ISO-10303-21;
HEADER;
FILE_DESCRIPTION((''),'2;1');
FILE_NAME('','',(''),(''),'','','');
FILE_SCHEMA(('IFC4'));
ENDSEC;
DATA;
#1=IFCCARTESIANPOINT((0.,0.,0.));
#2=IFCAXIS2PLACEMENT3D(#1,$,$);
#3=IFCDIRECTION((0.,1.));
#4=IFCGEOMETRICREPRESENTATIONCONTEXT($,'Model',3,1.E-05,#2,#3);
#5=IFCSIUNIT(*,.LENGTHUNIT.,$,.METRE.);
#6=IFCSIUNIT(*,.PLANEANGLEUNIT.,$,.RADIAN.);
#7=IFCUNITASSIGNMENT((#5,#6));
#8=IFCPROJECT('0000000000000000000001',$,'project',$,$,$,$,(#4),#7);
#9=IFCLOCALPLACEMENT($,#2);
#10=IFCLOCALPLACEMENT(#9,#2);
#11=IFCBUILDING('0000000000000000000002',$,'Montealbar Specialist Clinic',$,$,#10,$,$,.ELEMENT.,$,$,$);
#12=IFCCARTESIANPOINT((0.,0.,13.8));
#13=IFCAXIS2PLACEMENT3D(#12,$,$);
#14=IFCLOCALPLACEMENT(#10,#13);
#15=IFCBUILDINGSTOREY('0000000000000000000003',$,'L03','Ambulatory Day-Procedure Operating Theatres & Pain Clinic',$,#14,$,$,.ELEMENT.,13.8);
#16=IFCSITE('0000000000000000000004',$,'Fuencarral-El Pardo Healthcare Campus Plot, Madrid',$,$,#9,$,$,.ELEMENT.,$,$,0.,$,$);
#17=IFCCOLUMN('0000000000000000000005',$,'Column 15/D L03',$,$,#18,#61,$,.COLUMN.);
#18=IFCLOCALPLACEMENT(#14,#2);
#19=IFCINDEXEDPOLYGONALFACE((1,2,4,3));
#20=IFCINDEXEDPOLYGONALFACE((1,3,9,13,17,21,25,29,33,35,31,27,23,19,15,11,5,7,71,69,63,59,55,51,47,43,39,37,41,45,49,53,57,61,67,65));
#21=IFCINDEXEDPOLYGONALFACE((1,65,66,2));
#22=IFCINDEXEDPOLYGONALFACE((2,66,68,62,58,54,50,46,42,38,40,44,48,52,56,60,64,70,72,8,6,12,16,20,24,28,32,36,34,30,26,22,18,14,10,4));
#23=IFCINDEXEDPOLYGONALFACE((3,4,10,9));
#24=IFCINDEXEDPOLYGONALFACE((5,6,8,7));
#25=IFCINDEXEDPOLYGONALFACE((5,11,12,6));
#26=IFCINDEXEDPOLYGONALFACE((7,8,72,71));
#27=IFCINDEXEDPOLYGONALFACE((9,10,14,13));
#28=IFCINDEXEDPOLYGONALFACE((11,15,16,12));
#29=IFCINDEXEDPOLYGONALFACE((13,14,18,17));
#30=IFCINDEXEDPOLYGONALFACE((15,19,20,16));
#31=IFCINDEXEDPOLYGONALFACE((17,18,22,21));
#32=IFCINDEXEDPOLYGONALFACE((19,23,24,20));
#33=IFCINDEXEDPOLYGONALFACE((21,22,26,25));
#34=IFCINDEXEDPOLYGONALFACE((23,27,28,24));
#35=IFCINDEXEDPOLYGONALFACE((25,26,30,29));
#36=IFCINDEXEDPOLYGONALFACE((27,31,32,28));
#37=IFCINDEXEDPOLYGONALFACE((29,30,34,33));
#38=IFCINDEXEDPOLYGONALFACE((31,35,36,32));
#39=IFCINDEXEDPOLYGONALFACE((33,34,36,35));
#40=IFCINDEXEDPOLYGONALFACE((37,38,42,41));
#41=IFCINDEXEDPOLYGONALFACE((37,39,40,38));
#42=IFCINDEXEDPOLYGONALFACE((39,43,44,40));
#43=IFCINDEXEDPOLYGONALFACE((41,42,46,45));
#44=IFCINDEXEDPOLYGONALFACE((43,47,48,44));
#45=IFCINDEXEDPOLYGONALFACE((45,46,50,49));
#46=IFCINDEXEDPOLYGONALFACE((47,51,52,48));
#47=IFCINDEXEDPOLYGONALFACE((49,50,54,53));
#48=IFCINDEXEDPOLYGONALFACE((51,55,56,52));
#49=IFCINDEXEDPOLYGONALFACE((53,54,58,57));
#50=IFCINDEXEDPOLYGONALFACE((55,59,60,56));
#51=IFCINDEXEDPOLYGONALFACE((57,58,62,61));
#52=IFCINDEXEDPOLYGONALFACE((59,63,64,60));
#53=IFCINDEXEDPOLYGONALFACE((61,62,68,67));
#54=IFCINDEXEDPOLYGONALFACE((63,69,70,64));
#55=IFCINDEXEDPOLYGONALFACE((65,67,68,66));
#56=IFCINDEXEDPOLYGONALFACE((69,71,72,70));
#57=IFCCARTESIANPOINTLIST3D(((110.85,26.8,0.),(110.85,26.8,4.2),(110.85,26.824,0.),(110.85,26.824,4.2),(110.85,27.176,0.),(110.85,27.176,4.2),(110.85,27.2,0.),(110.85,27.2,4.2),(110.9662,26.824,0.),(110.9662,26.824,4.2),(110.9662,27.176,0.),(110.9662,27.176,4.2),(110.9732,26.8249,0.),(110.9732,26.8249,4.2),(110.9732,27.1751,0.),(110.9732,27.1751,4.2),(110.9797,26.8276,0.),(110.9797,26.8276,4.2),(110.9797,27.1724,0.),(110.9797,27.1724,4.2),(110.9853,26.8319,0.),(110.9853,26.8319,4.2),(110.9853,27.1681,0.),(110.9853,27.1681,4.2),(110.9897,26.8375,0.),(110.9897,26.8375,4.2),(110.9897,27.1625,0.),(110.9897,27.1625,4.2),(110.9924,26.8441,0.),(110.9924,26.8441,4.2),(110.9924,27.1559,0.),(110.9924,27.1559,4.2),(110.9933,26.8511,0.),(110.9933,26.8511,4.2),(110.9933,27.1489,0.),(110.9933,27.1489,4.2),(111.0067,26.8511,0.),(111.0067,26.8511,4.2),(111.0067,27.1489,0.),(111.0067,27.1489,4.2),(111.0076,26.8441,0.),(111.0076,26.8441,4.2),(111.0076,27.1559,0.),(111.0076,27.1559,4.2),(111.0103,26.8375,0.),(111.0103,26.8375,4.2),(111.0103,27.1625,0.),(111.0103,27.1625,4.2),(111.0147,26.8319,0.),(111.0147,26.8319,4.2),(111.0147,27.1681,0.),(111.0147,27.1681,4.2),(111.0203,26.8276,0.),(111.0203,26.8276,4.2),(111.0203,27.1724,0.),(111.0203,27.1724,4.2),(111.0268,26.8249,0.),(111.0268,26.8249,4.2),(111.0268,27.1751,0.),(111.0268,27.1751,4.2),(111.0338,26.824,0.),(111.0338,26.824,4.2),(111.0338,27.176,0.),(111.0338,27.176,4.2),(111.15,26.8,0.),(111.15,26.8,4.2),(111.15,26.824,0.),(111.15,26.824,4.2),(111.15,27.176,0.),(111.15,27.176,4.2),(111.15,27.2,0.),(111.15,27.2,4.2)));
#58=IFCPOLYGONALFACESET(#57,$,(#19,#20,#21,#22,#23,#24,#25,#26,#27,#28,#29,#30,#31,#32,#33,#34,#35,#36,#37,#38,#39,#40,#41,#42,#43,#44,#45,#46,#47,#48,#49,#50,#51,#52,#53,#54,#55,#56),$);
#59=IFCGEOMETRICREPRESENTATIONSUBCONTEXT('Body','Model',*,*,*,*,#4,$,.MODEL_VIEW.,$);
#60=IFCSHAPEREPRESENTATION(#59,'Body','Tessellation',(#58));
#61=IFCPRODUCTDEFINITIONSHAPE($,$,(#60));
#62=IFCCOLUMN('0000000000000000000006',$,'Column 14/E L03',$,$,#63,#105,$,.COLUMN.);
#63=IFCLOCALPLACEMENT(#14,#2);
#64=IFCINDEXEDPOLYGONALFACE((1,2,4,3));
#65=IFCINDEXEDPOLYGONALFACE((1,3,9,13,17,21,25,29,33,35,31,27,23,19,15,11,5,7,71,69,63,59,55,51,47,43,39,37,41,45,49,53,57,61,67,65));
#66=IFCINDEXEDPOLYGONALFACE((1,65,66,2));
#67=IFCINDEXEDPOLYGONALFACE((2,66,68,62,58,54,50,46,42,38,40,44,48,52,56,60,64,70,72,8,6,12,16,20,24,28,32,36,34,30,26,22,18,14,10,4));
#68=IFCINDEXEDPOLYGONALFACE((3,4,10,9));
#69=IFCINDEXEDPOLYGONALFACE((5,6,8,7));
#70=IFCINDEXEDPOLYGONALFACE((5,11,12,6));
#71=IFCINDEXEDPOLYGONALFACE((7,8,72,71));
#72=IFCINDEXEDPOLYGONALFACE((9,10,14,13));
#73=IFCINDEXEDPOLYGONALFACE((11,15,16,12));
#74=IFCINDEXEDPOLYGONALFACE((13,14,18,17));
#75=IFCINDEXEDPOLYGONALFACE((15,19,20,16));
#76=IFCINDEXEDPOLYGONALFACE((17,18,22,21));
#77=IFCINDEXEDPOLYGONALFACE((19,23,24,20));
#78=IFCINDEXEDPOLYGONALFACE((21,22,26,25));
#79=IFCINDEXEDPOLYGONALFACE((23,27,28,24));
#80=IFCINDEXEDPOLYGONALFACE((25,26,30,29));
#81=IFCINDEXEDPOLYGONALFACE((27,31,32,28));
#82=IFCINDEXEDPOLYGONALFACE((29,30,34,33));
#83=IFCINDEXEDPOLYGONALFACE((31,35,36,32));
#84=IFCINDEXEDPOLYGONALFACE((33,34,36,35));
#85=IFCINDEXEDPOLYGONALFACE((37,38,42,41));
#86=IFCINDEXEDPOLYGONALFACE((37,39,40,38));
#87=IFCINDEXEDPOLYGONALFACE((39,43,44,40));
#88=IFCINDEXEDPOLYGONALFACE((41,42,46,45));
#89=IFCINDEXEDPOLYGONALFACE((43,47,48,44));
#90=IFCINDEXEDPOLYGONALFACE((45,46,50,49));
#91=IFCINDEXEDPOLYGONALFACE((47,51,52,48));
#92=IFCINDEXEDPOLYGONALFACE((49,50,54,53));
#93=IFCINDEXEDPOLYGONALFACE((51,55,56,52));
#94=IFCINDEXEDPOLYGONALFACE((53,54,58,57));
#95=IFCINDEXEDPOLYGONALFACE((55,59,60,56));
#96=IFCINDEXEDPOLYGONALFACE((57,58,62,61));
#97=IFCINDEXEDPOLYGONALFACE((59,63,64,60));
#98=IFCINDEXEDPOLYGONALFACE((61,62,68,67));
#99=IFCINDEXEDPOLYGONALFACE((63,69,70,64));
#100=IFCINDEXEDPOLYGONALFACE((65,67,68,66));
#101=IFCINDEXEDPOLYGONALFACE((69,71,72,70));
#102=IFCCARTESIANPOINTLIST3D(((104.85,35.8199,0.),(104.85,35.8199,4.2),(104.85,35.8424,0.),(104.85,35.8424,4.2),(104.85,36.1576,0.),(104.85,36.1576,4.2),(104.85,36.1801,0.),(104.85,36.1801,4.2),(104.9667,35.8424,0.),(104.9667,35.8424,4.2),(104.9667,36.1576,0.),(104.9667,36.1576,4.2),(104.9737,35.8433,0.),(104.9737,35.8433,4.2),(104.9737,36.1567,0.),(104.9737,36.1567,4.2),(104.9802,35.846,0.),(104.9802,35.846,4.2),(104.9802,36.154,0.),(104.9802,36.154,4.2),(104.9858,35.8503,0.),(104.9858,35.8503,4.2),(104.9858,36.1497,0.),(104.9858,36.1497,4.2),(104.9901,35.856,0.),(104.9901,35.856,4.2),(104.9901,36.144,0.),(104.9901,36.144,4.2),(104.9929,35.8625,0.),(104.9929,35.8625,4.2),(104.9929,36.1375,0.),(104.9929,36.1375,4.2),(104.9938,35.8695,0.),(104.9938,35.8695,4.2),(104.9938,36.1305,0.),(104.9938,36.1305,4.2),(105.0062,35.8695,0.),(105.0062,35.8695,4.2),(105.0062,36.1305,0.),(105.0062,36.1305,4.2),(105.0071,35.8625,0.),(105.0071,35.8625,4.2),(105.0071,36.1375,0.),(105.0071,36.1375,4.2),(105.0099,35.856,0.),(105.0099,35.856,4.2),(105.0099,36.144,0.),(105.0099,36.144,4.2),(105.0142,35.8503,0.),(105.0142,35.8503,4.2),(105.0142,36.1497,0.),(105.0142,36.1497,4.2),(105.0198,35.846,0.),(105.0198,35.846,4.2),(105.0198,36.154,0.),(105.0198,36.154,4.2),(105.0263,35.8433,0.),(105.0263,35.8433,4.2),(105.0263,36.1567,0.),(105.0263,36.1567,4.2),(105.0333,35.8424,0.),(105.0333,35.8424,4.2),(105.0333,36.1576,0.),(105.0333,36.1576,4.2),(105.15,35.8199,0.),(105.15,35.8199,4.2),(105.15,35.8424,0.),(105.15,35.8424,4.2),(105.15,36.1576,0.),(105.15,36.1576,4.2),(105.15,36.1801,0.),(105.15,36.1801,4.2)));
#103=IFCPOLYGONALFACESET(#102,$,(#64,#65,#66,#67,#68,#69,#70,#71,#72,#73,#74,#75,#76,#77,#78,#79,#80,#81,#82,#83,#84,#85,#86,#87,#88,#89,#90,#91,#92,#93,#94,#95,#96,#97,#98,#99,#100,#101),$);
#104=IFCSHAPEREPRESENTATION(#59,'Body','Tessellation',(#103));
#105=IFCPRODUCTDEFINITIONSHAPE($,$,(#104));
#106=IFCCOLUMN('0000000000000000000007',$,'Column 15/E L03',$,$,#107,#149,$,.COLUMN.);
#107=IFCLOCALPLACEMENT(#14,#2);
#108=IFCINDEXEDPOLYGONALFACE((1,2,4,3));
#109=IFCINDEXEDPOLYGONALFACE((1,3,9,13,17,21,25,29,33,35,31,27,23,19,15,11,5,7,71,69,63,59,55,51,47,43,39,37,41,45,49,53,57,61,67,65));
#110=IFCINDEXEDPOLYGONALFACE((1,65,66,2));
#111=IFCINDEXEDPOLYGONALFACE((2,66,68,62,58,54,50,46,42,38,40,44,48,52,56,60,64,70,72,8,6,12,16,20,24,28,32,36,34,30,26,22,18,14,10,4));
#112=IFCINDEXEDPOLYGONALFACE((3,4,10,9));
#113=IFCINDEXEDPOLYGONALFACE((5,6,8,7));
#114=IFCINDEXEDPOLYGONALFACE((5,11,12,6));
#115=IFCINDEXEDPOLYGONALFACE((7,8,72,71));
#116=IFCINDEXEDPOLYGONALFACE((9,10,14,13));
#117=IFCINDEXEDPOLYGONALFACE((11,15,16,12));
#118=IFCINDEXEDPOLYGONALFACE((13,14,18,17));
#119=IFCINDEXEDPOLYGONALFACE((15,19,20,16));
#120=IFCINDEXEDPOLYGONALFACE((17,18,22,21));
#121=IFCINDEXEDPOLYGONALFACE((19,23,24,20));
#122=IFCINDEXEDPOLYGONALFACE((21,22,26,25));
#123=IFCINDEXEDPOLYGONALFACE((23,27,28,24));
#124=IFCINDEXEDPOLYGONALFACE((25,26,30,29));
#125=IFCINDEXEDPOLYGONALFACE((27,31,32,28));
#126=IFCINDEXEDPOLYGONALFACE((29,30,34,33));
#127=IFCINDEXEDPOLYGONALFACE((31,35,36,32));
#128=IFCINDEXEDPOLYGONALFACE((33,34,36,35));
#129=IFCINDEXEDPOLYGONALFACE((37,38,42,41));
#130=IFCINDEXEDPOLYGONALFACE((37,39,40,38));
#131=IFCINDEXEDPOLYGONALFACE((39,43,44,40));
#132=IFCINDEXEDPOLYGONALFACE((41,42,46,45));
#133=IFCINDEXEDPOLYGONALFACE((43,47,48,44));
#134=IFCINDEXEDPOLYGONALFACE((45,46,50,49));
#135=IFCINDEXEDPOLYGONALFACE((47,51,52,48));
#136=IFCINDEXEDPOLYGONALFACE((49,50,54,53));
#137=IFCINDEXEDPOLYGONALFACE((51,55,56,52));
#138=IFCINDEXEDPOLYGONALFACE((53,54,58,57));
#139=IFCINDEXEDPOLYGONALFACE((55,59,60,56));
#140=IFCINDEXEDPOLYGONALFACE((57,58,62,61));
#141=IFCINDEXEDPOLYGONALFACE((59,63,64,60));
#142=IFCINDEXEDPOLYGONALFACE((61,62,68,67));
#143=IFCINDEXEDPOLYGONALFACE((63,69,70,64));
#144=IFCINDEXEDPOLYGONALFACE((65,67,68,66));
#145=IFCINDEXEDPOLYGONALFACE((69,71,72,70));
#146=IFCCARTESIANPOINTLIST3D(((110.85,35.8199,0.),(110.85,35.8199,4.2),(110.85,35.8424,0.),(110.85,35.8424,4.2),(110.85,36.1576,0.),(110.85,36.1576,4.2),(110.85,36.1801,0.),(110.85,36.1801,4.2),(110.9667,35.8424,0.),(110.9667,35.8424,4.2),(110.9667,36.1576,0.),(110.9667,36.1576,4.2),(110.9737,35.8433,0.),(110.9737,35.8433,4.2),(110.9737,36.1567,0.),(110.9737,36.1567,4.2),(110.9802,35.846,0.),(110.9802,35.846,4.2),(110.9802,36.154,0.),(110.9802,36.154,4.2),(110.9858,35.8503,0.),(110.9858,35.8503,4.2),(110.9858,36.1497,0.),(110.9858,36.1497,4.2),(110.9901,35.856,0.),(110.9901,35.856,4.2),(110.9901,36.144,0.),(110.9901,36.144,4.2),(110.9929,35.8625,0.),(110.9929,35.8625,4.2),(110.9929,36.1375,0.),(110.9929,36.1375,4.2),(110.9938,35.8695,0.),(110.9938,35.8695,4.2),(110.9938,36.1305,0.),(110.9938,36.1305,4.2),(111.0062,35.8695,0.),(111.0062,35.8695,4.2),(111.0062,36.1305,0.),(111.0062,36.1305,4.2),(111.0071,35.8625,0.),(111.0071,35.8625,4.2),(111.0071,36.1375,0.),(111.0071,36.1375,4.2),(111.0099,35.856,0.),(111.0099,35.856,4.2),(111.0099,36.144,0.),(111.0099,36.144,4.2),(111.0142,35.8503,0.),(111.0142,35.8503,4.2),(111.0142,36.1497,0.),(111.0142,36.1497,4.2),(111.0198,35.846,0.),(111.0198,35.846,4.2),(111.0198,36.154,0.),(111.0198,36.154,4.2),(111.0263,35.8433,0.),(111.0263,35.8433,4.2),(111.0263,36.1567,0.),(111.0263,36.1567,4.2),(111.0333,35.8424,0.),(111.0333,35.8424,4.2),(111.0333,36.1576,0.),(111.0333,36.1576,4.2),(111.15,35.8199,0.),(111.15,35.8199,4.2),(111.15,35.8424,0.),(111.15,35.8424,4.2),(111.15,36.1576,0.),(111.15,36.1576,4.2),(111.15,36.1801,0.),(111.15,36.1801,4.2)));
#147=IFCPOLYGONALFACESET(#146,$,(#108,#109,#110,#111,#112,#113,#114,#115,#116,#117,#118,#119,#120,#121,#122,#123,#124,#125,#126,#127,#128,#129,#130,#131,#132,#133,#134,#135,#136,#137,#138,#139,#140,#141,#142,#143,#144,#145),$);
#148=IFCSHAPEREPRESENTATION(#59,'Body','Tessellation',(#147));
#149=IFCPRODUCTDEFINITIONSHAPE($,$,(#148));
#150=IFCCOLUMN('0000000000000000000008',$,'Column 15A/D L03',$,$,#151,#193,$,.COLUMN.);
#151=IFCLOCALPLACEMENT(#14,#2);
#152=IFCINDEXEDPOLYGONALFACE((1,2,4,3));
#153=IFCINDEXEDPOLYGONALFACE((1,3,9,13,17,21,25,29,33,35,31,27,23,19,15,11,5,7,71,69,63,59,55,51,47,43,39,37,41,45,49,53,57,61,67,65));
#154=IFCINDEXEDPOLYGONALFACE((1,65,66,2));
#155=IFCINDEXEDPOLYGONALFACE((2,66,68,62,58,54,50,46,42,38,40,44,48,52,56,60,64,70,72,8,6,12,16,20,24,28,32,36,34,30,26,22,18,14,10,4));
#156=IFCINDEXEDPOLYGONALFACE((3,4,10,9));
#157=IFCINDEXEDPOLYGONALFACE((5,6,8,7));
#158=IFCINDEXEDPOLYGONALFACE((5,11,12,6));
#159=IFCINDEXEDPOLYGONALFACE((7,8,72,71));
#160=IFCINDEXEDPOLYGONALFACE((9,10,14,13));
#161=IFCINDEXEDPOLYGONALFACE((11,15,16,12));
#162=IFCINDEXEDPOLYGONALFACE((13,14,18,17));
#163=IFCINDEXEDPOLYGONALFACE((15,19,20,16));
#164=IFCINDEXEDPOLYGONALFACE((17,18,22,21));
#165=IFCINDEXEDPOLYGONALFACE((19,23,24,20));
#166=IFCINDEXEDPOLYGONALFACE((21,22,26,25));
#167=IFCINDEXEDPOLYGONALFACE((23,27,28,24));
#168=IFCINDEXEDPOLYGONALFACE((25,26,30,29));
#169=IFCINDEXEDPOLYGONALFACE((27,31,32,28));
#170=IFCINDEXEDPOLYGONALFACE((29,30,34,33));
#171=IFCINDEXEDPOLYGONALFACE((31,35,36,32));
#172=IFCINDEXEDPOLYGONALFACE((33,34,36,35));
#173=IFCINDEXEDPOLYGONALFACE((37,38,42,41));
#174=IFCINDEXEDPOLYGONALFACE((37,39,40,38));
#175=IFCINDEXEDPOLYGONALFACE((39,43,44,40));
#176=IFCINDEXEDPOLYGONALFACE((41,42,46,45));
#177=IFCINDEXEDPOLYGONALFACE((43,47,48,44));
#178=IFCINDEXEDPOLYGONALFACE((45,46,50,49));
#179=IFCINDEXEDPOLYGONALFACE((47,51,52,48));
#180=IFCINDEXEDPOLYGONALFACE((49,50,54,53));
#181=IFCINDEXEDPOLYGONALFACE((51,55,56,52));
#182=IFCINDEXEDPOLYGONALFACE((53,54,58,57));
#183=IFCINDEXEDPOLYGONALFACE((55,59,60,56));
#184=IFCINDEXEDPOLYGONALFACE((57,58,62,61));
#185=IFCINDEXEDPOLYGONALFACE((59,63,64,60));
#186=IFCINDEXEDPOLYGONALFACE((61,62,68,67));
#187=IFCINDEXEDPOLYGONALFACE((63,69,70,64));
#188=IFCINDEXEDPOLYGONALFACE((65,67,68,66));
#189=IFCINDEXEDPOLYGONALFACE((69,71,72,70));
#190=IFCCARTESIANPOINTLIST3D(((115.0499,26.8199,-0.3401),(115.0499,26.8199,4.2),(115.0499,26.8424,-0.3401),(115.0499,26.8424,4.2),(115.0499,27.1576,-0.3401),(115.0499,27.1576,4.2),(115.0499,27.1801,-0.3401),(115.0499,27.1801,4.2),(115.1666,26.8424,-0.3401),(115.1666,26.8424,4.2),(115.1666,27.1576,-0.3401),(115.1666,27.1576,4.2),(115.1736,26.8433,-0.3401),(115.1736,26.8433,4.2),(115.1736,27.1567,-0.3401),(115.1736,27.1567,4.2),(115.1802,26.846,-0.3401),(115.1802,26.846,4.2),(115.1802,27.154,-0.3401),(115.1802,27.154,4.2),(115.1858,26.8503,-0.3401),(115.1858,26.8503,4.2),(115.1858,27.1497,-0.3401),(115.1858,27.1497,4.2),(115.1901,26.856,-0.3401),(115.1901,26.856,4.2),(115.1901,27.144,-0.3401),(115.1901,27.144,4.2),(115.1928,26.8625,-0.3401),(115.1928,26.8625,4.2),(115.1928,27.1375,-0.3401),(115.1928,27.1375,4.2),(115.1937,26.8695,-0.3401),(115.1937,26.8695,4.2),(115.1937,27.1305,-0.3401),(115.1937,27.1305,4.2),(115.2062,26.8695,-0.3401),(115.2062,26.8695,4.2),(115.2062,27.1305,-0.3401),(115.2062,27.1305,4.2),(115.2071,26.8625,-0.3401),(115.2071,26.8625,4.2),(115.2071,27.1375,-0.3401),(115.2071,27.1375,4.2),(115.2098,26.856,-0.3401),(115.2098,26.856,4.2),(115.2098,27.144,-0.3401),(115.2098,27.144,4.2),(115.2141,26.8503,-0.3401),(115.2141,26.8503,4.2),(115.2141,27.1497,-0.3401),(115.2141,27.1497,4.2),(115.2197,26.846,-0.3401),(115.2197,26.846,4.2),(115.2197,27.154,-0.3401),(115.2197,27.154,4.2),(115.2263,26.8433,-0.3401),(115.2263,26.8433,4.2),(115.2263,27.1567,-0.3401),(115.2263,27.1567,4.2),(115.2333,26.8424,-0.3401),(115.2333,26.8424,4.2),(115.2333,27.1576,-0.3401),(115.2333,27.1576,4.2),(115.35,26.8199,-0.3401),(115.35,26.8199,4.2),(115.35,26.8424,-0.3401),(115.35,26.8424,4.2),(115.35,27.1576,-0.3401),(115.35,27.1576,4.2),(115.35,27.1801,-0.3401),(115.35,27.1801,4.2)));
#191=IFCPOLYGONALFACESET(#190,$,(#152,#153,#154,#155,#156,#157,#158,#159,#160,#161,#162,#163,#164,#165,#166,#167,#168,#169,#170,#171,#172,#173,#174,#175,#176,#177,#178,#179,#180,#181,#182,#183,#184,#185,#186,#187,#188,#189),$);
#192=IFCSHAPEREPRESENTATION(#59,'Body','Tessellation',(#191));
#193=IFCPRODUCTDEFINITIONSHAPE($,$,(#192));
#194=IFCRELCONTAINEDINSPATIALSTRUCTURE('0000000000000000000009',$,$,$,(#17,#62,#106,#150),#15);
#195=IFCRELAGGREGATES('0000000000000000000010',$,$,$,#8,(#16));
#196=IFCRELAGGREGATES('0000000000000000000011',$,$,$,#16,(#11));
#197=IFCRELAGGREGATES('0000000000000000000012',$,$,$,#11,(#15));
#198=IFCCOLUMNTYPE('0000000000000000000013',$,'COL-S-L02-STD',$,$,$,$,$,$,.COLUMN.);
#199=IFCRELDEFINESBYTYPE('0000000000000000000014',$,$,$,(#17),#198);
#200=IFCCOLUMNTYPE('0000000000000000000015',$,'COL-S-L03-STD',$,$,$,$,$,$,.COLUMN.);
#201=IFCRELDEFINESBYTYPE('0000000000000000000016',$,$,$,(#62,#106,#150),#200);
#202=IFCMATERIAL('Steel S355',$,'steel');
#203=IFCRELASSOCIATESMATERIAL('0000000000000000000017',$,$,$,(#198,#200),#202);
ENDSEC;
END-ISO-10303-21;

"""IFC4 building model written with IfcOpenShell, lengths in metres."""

from ifc_helpers import new_model, si_unit, direction, frame, origin, origin_2d, place, context, subcontext, project, spatial, i_section, extrude, material, material_profile, profile_set, type_object, element, save


model = new_model("IFC4")

# Units and contexts
model_context = context("Model", 3, precision=1e-05, world=origin(), true_north=direction((0.0, 1.0)))
body_context = subcontext(model_context, "Body", "Model", "MODEL_VIEW")
ifc_project = project(units=[si_unit("LENGTHUNIT", "METRE"), si_unit("PLANEANGLEUNIT", "RADIAN")], contexts=[model_context])

# Site, building, storey
site_placement = place(None, origin())
site = spatial("IfcSite", under=ifc_project, at=site_placement, Name="Fuencarral-El Pardo Healthcare Campus Plot, Madrid", CompositionType="ELEMENT", RefElevation=0.0)
building_placement = place(site_placement, origin())
building = spatial("IfcBuilding", under=site, at=building_placement, Name="Montealbar Specialist Clinic", CompositionType="ELEMENT")
storey_placement = place(building_placement, frame((0.0, 0.0, 13.8)))
storey = spatial("IfcBuildingStorey", under=building, at=storey_placement, Name="L03", Description="Ambulatory Day-Procedure Operating Theatres & Pain Clinic", CompositionType="ELEMENT", Elevation=13.8)

# Columns
ifc_material_1 = material(Name="Steel S355", Category="steel")
ifc_material_profile_1 = material_profile(ifc_material_1, i_section(OverallWidth=0.3, OverallDepth=0.3999, WebThickness=0.0134, FlangeThickness=0.0239, FilletRadius=0.0271, at=origin_2d()), Name="HEB 400", Category="steel")
ifc_profile_set_1 = profile_set([ifc_material_profile_1], Name="Steel S355")
column_type_1 = type_object("IfcColumnType", Name="COL-S-L02-STD", PredefinedType="COLUMN", material=ifc_profile_set_1)
column_1_placement = place(storey_placement, frame((111.0, 27.0, 0.0), z_axis=(0.0, 0.0, 1.0), x_axis=(1.0, 0.0, 0.0)))
element("IfcColumn", 1, at=column_1_placement, inside=storey, type_object=column_type_1, Name="Column 15/D L03", PredefinedType="COLUMN", context=body_context, shape_type="SweptSolid", body=[
    extrude(i_section(OverallWidth=0.3, OverallDepth=0.3999, WebThickness=0.0134, FlangeThickness=0.0239, FilletRadius=0.0271, at=origin_2d()), origin(), (0.0, 0.0, 1.0), 4.2),
])
ifc_material_profile_2 = material_profile(ifc_material_1, i_section(OverallWidth=0.3, OverallDepth=0.3601, WebThickness=0.0125, FlangeThickness=0.0225, FilletRadius=0.0271, at=origin_2d()), Name="HEB 360", Category="steel")
ifc_profile_set_2 = profile_set([ifc_material_profile_2], Name="Steel S355")
column_type_2 = type_object("IfcColumnType", Name="COL-S-L03-STD", PredefinedType="COLUMN", material=ifc_profile_set_2)
for number, where, z_axis, x_axis, name in (
    (2, (105.0, 36.0, 0.0), (0.0, 0.0, 1.0), (1.0, 0.0, 0.0), "Column 14/E L03"),
    (3, (111.0, 36.0, 0.0), (0.0, 0.0, 1.0), (1.0, 0.0, 0.0), "Column 15/E L03"),
):
    element("IfcColumn", number, at=place(storey_placement, frame(where, z_axis=z_axis, x_axis=x_axis)), inside=storey, type_object=column_type_2, Name=name, PredefinedType="COLUMN", context=body_context, shape_type="SweptSolid", body=[
        extrude(i_section(OverallWidth=0.3, OverallDepth=0.3601, WebThickness=0.0125, FlangeThickness=0.0225, FilletRadius=0.0271, at=origin_2d()), origin(), (0.0, 0.0, 1.0), 4.2),
    ])
column_2_placement = place(storey_placement, frame((115.2, 27.0, -0.3401), z_axis=(0.0, 0.0, 1.0), x_axis=(1.0, 0.0, 0.0)))
element("IfcColumn", 4, at=column_2_placement, inside=storey, type_object=column_type_2, Name="Column 15A/D L03", PredefinedType="COLUMN", context=body_context, shape_type="SweptSolid", body=[
    extrude(i_section(OverallWidth=0.3, OverallDepth=0.3601, WebThickness=0.0125, FlangeThickness=0.0225, FilletRadius=0.0271, at=origin_2d()), origin(), (0.0, 0.0, 1.0), 4.54),
])

save(model, "model.ifc")
